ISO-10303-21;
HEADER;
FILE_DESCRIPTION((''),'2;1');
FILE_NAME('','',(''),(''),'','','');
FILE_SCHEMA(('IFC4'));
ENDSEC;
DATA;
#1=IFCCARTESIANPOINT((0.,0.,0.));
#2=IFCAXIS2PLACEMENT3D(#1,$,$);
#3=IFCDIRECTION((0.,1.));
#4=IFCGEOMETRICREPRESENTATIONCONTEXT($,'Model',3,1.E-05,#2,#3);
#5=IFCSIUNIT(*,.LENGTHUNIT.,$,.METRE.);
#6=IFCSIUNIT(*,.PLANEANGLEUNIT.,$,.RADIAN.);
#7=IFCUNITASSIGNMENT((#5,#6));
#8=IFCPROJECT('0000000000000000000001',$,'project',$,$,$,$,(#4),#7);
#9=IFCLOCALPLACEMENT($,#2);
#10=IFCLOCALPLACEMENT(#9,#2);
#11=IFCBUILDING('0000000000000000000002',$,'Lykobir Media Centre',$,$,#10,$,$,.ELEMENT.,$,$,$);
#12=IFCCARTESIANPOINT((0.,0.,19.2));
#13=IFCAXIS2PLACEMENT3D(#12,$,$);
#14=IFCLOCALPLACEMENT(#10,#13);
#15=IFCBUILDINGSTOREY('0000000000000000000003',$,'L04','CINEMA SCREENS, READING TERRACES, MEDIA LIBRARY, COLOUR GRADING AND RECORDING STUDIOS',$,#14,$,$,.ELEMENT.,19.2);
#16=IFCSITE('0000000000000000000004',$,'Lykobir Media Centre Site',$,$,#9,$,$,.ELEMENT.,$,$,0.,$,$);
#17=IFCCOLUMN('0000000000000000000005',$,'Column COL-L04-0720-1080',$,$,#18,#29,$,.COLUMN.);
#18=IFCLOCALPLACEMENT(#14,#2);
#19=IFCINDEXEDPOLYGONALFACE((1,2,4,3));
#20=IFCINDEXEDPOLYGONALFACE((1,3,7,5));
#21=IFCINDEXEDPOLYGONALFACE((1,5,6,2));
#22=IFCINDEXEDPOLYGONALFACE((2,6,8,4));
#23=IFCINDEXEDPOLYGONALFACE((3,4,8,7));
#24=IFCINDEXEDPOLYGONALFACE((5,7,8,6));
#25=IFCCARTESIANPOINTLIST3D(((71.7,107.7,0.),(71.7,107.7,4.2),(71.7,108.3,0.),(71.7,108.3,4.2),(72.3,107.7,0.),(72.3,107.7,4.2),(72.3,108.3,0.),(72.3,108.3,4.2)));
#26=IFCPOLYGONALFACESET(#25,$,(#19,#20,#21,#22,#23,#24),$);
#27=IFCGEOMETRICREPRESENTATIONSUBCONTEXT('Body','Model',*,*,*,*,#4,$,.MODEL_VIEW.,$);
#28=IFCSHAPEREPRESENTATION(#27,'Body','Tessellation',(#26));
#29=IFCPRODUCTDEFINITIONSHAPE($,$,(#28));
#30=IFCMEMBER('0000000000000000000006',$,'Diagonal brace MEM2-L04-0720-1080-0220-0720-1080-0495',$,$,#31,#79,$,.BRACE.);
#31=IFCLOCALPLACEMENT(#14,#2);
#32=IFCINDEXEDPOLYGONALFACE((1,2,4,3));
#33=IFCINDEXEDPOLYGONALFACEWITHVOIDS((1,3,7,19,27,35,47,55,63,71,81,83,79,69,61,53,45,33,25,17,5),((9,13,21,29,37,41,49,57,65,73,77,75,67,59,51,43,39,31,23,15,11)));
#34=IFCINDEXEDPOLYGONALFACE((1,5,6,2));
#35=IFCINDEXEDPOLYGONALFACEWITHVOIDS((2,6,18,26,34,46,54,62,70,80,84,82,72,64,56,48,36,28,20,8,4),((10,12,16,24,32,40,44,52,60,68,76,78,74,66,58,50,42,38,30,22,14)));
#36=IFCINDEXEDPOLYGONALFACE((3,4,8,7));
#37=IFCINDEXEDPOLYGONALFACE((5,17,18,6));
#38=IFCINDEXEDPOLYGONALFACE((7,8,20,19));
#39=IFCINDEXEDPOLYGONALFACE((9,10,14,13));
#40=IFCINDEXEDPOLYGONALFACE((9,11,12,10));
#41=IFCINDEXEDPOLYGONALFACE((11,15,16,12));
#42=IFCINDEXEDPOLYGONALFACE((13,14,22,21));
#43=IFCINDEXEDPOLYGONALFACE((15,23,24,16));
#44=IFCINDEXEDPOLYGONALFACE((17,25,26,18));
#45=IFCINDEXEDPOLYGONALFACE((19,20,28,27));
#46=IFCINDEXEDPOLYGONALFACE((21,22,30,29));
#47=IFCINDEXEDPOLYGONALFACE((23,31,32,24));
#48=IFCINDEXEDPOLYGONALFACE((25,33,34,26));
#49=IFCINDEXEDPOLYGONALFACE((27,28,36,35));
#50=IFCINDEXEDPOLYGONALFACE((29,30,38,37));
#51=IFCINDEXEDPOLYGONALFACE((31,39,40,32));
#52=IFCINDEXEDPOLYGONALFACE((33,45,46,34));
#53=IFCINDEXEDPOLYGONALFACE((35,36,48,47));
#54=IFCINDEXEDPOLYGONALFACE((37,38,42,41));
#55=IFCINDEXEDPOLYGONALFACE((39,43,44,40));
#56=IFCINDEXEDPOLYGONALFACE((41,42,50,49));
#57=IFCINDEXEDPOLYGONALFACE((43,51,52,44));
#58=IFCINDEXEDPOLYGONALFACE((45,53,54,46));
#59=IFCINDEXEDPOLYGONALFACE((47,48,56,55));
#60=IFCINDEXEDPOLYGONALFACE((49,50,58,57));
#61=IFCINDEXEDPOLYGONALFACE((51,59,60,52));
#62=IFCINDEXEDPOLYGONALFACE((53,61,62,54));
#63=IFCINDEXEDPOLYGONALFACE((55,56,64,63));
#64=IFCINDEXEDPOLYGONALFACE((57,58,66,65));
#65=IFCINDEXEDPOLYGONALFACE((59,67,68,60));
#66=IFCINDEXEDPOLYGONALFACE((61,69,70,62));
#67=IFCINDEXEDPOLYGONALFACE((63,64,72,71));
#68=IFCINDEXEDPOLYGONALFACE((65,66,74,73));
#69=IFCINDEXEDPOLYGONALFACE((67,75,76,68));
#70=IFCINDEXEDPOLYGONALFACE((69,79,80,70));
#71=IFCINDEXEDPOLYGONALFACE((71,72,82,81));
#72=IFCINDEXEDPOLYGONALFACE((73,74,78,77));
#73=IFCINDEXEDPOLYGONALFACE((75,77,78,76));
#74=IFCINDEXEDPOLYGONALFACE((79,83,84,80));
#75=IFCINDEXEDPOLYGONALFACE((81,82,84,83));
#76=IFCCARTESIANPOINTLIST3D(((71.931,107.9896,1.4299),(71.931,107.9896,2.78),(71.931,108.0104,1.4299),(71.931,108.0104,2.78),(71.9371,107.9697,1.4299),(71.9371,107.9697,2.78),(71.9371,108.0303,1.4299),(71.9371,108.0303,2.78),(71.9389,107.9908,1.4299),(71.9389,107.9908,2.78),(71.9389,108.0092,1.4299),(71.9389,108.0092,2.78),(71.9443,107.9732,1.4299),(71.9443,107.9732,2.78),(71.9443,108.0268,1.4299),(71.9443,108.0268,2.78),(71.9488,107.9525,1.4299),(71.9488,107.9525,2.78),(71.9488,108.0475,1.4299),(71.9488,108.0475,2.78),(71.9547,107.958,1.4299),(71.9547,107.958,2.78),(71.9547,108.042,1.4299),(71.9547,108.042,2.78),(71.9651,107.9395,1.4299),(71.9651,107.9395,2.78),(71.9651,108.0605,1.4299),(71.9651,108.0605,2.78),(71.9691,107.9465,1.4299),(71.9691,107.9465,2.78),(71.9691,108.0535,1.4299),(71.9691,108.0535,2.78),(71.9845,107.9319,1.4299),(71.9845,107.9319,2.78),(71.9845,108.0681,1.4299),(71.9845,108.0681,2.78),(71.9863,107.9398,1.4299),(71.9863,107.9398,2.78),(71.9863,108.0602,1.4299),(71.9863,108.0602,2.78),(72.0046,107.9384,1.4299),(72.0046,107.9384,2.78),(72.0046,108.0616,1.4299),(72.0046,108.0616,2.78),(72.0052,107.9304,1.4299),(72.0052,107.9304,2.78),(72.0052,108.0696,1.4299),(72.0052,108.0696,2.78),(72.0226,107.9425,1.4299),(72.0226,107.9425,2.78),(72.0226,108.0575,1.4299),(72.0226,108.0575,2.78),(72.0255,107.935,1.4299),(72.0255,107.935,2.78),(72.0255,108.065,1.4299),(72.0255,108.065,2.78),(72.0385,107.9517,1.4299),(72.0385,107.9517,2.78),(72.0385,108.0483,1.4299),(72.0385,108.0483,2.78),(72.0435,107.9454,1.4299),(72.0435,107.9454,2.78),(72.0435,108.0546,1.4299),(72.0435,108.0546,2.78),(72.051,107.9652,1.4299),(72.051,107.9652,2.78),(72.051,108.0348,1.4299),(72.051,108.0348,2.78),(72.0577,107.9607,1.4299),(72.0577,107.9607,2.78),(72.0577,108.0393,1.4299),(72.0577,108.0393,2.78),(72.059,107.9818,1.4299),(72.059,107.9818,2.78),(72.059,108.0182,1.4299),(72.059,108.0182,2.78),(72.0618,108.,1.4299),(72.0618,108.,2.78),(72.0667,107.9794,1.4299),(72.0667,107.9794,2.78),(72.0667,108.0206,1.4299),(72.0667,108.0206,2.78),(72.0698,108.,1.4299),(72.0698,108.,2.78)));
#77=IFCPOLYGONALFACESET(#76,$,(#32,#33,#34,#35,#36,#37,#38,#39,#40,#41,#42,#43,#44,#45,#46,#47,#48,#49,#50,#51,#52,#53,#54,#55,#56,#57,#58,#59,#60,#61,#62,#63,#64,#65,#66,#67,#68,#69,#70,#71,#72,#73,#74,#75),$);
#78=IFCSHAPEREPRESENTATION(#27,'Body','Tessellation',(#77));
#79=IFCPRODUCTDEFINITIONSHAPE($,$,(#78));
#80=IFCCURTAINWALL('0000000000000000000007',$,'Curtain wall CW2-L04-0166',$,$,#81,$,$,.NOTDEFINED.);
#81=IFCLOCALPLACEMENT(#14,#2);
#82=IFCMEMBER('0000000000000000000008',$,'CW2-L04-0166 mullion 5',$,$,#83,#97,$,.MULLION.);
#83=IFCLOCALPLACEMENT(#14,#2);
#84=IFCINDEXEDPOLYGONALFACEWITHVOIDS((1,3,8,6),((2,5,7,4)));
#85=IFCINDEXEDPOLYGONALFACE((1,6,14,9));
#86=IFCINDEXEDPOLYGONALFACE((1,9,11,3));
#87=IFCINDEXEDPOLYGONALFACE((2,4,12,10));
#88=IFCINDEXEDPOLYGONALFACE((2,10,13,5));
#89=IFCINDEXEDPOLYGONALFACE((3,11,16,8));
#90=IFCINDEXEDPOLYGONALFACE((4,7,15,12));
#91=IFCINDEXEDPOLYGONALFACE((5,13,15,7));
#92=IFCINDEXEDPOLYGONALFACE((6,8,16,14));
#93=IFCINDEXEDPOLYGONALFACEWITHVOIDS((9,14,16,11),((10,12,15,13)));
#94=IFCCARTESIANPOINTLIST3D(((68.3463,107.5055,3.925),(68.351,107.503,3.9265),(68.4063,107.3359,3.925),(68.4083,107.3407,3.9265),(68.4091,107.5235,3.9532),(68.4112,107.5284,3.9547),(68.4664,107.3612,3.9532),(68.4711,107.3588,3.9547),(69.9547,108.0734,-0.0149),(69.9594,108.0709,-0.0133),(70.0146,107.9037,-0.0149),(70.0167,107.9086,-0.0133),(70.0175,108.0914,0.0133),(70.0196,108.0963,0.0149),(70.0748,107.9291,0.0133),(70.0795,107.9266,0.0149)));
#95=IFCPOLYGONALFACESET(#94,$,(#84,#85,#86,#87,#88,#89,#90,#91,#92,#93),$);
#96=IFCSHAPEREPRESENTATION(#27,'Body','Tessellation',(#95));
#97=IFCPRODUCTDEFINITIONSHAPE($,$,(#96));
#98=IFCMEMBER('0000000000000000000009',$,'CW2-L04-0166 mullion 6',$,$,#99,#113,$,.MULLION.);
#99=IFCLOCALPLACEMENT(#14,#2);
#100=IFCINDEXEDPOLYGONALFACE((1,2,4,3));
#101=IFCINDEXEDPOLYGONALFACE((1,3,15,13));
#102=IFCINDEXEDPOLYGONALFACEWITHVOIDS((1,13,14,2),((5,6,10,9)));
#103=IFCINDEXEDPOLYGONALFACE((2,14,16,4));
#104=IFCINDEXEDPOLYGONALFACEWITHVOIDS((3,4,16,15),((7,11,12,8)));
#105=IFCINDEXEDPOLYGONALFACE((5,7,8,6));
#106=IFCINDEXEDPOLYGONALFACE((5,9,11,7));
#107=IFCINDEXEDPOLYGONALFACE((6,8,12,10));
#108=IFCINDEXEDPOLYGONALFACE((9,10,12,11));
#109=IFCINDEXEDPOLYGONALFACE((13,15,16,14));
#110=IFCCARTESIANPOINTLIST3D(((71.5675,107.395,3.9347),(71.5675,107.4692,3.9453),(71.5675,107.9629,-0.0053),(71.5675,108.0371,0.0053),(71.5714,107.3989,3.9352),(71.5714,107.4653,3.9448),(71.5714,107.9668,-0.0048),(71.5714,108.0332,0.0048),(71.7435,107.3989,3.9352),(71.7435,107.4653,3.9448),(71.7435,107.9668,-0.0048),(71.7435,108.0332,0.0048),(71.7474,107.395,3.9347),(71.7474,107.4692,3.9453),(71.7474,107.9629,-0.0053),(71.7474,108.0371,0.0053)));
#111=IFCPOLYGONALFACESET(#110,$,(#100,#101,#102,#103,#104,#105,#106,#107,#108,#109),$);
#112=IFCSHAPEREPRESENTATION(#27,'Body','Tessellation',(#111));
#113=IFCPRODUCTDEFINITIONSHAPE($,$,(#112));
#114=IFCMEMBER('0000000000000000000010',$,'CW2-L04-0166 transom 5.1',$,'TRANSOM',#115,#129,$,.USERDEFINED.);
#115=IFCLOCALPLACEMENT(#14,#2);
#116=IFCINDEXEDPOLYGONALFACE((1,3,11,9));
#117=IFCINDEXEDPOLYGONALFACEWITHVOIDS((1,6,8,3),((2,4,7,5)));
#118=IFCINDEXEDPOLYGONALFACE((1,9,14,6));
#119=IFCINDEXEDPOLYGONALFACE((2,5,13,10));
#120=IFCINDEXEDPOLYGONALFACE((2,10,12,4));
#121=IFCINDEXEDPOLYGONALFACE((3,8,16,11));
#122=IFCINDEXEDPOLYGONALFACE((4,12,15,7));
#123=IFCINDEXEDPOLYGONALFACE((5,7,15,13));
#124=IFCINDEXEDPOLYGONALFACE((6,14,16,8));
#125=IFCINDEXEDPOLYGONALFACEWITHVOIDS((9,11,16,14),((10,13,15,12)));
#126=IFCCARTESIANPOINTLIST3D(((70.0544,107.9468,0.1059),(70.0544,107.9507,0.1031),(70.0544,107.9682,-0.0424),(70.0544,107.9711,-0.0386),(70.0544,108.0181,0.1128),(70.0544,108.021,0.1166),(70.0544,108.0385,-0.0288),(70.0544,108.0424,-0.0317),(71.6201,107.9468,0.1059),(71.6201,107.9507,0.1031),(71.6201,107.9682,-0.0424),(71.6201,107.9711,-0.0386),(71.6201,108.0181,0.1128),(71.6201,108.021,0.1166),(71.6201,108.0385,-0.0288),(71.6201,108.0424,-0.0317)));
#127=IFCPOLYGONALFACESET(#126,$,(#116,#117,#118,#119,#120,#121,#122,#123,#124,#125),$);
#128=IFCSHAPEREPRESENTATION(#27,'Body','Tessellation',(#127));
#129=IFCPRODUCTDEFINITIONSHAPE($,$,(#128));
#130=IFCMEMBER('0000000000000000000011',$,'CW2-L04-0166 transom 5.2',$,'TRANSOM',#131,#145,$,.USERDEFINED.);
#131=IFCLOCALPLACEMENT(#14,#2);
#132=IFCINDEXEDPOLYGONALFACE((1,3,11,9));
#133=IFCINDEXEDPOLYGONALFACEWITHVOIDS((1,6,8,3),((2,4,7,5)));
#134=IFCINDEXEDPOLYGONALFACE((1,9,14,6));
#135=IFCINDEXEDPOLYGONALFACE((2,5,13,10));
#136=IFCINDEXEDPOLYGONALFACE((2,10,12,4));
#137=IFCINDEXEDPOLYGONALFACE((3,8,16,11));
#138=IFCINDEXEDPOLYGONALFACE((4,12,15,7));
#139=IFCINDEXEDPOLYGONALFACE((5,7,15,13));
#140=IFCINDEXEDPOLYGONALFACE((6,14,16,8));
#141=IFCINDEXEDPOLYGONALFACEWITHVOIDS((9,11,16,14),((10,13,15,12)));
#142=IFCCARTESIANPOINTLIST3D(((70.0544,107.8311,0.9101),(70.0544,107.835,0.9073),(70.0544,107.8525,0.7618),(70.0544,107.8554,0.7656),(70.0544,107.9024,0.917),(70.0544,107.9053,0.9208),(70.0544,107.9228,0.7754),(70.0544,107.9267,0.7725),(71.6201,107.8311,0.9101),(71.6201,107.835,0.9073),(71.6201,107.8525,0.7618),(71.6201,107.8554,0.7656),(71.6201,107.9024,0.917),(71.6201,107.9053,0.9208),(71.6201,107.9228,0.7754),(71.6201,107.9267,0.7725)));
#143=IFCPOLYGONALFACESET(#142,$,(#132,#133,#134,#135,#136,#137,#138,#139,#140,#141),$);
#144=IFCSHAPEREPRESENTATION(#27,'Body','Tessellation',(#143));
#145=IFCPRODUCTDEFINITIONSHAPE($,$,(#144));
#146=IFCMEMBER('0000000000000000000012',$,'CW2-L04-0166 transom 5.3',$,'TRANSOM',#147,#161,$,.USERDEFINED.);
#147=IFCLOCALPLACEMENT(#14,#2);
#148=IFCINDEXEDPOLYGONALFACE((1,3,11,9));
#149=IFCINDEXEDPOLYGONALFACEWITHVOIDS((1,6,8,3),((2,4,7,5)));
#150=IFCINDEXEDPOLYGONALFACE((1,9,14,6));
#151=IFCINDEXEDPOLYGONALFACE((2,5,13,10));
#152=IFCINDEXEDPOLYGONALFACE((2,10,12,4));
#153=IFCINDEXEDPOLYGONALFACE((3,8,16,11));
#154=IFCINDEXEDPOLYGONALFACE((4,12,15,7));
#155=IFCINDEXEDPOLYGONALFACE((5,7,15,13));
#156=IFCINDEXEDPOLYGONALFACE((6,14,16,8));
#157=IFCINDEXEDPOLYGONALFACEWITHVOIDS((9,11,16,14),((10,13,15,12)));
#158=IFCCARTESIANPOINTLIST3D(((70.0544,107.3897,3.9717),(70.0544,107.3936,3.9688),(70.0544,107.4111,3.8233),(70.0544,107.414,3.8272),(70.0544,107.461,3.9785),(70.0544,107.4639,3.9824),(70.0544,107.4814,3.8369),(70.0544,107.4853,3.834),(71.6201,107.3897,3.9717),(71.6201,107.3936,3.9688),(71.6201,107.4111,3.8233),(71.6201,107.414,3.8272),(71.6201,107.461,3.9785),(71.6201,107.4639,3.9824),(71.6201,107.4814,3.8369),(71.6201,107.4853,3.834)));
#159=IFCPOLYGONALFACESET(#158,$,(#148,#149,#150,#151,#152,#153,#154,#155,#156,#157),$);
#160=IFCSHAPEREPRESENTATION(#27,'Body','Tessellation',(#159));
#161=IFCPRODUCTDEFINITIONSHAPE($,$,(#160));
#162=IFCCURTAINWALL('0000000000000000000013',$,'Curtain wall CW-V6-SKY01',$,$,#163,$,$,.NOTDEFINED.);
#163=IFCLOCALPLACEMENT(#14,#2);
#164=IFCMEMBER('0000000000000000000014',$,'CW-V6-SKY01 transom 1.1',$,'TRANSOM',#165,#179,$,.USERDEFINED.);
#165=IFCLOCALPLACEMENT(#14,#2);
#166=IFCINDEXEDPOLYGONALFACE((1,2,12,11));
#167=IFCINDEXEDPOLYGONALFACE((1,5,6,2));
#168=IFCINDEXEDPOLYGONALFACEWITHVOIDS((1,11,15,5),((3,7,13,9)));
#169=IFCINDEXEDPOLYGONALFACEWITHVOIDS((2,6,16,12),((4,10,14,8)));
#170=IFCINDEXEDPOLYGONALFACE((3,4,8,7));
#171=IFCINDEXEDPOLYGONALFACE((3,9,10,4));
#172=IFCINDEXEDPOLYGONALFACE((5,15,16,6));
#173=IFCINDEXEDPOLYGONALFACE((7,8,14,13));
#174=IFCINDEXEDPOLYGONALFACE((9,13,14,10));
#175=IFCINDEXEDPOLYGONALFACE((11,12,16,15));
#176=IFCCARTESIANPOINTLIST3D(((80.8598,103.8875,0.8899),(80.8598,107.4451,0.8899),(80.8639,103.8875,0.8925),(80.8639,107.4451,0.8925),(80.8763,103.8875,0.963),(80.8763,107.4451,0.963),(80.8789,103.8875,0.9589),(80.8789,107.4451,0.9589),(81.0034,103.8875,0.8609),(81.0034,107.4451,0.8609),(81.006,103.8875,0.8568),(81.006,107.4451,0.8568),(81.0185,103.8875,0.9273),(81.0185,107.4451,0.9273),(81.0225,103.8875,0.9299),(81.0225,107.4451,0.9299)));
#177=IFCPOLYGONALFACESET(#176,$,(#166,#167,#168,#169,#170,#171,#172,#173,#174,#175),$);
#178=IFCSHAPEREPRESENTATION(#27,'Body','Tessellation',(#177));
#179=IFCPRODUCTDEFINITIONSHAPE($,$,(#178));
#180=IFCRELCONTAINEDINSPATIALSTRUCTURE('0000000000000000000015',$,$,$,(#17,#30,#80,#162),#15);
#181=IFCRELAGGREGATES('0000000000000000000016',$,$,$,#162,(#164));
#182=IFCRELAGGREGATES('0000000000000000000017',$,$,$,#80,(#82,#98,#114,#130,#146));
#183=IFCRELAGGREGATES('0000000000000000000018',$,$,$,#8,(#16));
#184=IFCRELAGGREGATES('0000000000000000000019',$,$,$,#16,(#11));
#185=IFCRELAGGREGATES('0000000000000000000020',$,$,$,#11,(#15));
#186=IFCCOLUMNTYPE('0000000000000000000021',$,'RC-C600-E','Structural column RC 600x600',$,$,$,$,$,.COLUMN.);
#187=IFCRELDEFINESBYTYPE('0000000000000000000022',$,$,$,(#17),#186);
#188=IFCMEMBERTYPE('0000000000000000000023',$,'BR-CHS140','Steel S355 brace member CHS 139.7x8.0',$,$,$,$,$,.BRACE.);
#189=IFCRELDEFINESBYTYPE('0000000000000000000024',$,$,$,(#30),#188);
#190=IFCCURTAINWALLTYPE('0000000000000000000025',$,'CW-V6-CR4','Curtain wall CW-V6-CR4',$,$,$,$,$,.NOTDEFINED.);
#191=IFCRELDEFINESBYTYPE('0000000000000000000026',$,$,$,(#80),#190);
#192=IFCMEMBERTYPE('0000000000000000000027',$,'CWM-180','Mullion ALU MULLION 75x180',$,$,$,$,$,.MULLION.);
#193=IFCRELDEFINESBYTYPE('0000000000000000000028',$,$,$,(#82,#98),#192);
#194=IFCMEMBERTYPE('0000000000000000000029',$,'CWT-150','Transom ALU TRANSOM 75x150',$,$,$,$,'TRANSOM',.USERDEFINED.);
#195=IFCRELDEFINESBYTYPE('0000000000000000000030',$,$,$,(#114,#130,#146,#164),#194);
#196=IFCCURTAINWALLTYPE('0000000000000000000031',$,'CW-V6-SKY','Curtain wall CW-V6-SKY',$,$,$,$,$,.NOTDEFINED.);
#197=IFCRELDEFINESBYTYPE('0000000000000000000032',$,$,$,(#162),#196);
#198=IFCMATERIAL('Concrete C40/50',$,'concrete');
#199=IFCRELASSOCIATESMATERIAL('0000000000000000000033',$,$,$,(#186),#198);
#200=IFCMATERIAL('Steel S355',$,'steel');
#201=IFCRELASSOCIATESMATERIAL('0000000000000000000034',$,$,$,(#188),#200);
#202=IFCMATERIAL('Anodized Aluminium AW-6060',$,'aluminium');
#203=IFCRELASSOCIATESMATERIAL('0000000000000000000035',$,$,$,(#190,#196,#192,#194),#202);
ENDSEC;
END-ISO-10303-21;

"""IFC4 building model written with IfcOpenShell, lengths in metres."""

from ifc_helpers import new_model, si_unit, direction, frame, origin, origin_2d, place, context, subcontext, project, spatial, rectangle, hollow_rectangle, hollow_circle, extrude, material, material_profile, profile_set, type_object, element, aggregate, save


model = new_model("IFC4")

# Units and contexts
model_context = context("Model", 3, precision=1e-05, world=origin(), true_north=direction((0.0, 1.0)))
body_context = subcontext(model_context, "Body", "Model", "MODEL_VIEW")
ifc_project = project(units=[si_unit("LENGTHUNIT", "METRE"), si_unit("PLANEANGLEUNIT", "RADIAN")], contexts=[model_context])

# Site, building, storey
site_placement = place(None, origin())
site = spatial("IfcSite", under=ifc_project, at=site_placement, Name="Lykobir Media Centre Site", CompositionType="ELEMENT", RefElevation=0.0)
building_placement = place(site_placement, origin())
building = spatial("IfcBuilding", under=site, at=building_placement, Name="Lykobir Media Centre", CompositionType="ELEMENT")
storey_placement = place(building_placement, frame((0.0, 0.0, 19.2)))
storey = spatial("IfcBuildingStorey", under=building, at=storey_placement, Name="L04", Description="CINEMA SCREENS, READING TERRACES, MEDIA LIBRARY, COLOUR GRADING AND RECORDING STUDIOS", CompositionType="ELEMENT", Elevation=19.2)

# Column
ifc_material_1 = material(Name="Concrete C40/50", Category="concrete")
ifc_material_profile_1 = material_profile(ifc_material_1, rectangle(XDim=0.6001, YDim=0.6001, at=origin_2d()), Name="RC 600x600")
ifc_profile_set_1 = profile_set([ifc_material_profile_1], Name="Concrete C40/50")
column_type = type_object("IfcColumnType", Name="RC-C600-E", Description="Structural column RC 600x600", PredefinedType="COLUMN", material=ifc_profile_set_1)
column_placement = place(storey_placement, frame((72.0, 108.0, 0.0), z_axis=(0.0, 0.0, 1.0), x_axis=(1.0, 0.0, 0.0)))
element("IfcColumn", 1, at=column_placement, inside=storey, type_object=column_type, Name="Column COL-L04-0720-1080", PredefinedType="COLUMN", context=body_context, shape_type="SweptSolid", body=[
    extrude(rectangle(XDim=0.6001, YDim=0.6001, at=origin_2d()), origin(), (0.0, 0.0, 1.0), 4.2),
])

# Member
ifc_material_2 = material(Name="Steel S355", Category="steel")
ifc_material_profile_2 = material_profile(ifc_material_2, hollow_circle(Radius=0.0698, WallThickness=0.0081, at=origin_2d()), Name="CHS 139.7x8.0")
ifc_profile_set_2 = profile_set([ifc_material_profile_2], Name="Steel S355")
member_type_1 = type_object("IfcMemberType", Name="BR-CHS140", Description="Steel S355 brace member CHS 139.7x8.0", PredefinedType="BRACE", material=ifc_profile_set_2)
member_1_placement = place(storey_placement, frame((72.0, 108.0, 2.78), z_axis=(0.0, 0.0, -1.0), x_axis=(1.0, 0.0, 0.0)))
element("IfcMember", 2, at=member_1_placement, inside=storey, type_object=member_type_1, Name="Diagonal brace MEM2-L04-0720-1080-0220-0720-1080-0495", PredefinedType="BRACE", context=body_context, shape_type="SweptSolid", body=[
    extrude(hollow_circle(Radius=0.0698, WallThickness=0.0081, at=origin_2d()), origin(), (0.0, 0.0, 1.0), 1.3501),
])

# Curtain walls, members
ifc_material_3 = material(Name="Anodized Aluminium AW-6060", Category="aluminium")
curtain_wall_type_1 = type_object("IfcCurtainWallType", Name="CW-V6-CR4", Description="Curtain wall CW-V6-CR4", PredefinedType="NOTDEFINED", material=ifc_material_3)
curtain_wall_1_placement = place(storey_placement, origin())
curtain_wall_1 = element("IfcCurtainWall", 3, at=curtain_wall_1_placement, inside=storey, type_object=curtain_wall_type_1, Name="Curtain wall CW2-L04-0166", PredefinedType="NOTDEFINED")
ifc_material_profile_3 = material_profile(ifc_material_3, hollow_rectangle(XDim=0.075, YDim=0.1799, WallThickness=0.0039, at=origin_2d()), Name="ALU MULLION 75x180")
ifc_profile_set_3 = profile_set([ifc_material_profile_3], Name="Anodized Aluminium AW-6060")
member_type_2 = type_object("IfcMemberType", Name="CWM-180", Description="Mullion ALU MULLION 75x180", PredefinedType="MULLION", material=ifc_profile_set_3)
member_2_placement = place(storey_placement, frame((70.0171, 108.0, 0.0), z_axis=(-0.374628, -0.132269, 0.917692), x_axis=(0.865341, 0.305523, 0.397293)))
member_2 = element("IfcMember", 4, at=member_2_placement, type_object=member_type_2, Name="CW2-L04-0166 mullion 5", PredefinedType="MULLION", context=body_context, shape_type="SweptSolid", body=[
    extrude(hollow_rectangle(XDim=0.075, YDim=0.1799, WallThickness=0.0039, at=origin_2d()), origin(), (0.0, 0.0, 1.0), 4.2932),
])
member_3_placement = place(storey_placement, frame((71.6575, 108.0, 0.0), z_axis=(0.0, -0.142658, 0.989772), x_axis=(0.0, 0.989772, 0.142658)))
member_3 = element("IfcMember", 5, at=member_3_placement, type_object=member_type_2, Name="CW2-L04-0166 mullion 6", PredefinedType="MULLION", context=body_context, shape_type="SweptSolid", body=[
    extrude(hollow_rectangle(XDim=0.075, YDim=0.1799, WallThickness=0.0039, at=origin_2d()), origin(), (0.0, 0.0, 1.0), 3.9807),
])
ifc_material_profile_4 = material_profile(ifc_material_3, hollow_rectangle(XDim=0.075, YDim=0.1499, WallThickness=0.0034, at=origin_2d()), Name="ALU TRANSOM 75x150")
ifc_profile_set_4 = profile_set([ifc_material_profile_4], Name="Anodized Aluminium AW-6060")
member_type_3 = type_object("IfcMemberType", Name="CWT-150", Description="Transom ALU TRANSOM 75x150", ElementType="TRANSOM", PredefinedType="USERDEFINED", material=ifc_profile_set_4)
member_4_placement = place(storey_placement, frame((70.0544, 107.9946, 0.0371), z_axis=(1.0, 0.0, 0.0), x_axis=(0.0, 0.989776, 0.142629)))
member_4 = element("IfcMember", 6, at=member_4_placement, type_object=member_type_3, Name="CW2-L04-0166 transom 5.1", ObjectType="TRANSOM", PredefinedType="USERDEFINED", context=body_context, shape_type="SweptSolid", body=[
    extrude(hollow_rectangle(XDim=0.075, YDim=0.1499, WallThickness=0.0034, at=origin_2d()), origin(), (0.0, 0.0, 1.0), 1.5657),
])
member_5_placement = place(storey_placement, frame((70.0544, 107.8789, 0.8413), z_axis=(1.0, 0.0, 0.0), x_axis=(0.0, 0.989776, 0.142629)))
member_5 = element("IfcMember", 7, at=member_5_placement, type_object=member_type_3, Name="CW2-L04-0166 transom 5.2", ObjectType="TRANSOM", PredefinedType="USERDEFINED", context=body_context, shape_type="SweptSolid", body=[
    extrude(hollow_rectangle(XDim=0.075, YDim=0.1499, WallThickness=0.0034, at=origin_2d()), origin(), (0.0, 0.0, 1.0), 1.5657),
])
member_6_placement = place(storey_placement, frame((70.0544, 107.4375, 3.9028), z_axis=(1.0, 0.0, 0.0), x_axis=(0.0, 0.989776, 0.142629)))
member_6 = element("IfcMember", 8, at=member_6_placement, type_object=member_type_3, Name="CW2-L04-0166 transom 5.3", ObjectType="TRANSOM", PredefinedType="USERDEFINED", context=body_context, shape_type="SweptSolid", body=[
    extrude(hollow_rectangle(XDim=0.075, YDim=0.1499, WallThickness=0.0034, at=origin_2d()), origin(), (0.0, 0.0, 1.0), 1.5657),
])
curtain_wall_type_2 = type_object("IfcCurtainWallType", Name="CW-V6-SKY", Description="Curtain wall CW-V6-SKY", PredefinedType="NOTDEFINED", material=ifc_material_3)
curtain_wall_2_placement = place(storey_placement, origin())
curtain_wall_2 = element("IfcCurtainWall", 9, at=curtain_wall_2_placement, inside=storey, type_object=curtain_wall_type_2, Name="Curtain wall CW-V6-SKY01", PredefinedType="NOTDEFINED")
member_7_placement = place(storey_placement, frame((80.9412, 107.4451, 0.9099), z_axis=(0.0, -1.0, 0.0), x_axis=(0.221055, 0.0, 0.975261)))
member_7 = element("IfcMember", 10, at=member_7_placement, type_object=member_type_3, Name="CW-V6-SKY01 transom 1.1", ObjectType="TRANSOM", PredefinedType="USERDEFINED", context=body_context, shape_type="SweptSolid", body=[
    extrude(hollow_rectangle(XDim=0.075, YDim=0.1499, WallThickness=0.0034, at=origin_2d()), origin(), (0.0, 0.0, 1.0), 3.5576),
])

aggregate(curtain_wall_2, [member_7])
aggregate(curtain_wall_1, [member_2, member_3, member_4, member_5, member_6])

save(model, "model.ifc")
